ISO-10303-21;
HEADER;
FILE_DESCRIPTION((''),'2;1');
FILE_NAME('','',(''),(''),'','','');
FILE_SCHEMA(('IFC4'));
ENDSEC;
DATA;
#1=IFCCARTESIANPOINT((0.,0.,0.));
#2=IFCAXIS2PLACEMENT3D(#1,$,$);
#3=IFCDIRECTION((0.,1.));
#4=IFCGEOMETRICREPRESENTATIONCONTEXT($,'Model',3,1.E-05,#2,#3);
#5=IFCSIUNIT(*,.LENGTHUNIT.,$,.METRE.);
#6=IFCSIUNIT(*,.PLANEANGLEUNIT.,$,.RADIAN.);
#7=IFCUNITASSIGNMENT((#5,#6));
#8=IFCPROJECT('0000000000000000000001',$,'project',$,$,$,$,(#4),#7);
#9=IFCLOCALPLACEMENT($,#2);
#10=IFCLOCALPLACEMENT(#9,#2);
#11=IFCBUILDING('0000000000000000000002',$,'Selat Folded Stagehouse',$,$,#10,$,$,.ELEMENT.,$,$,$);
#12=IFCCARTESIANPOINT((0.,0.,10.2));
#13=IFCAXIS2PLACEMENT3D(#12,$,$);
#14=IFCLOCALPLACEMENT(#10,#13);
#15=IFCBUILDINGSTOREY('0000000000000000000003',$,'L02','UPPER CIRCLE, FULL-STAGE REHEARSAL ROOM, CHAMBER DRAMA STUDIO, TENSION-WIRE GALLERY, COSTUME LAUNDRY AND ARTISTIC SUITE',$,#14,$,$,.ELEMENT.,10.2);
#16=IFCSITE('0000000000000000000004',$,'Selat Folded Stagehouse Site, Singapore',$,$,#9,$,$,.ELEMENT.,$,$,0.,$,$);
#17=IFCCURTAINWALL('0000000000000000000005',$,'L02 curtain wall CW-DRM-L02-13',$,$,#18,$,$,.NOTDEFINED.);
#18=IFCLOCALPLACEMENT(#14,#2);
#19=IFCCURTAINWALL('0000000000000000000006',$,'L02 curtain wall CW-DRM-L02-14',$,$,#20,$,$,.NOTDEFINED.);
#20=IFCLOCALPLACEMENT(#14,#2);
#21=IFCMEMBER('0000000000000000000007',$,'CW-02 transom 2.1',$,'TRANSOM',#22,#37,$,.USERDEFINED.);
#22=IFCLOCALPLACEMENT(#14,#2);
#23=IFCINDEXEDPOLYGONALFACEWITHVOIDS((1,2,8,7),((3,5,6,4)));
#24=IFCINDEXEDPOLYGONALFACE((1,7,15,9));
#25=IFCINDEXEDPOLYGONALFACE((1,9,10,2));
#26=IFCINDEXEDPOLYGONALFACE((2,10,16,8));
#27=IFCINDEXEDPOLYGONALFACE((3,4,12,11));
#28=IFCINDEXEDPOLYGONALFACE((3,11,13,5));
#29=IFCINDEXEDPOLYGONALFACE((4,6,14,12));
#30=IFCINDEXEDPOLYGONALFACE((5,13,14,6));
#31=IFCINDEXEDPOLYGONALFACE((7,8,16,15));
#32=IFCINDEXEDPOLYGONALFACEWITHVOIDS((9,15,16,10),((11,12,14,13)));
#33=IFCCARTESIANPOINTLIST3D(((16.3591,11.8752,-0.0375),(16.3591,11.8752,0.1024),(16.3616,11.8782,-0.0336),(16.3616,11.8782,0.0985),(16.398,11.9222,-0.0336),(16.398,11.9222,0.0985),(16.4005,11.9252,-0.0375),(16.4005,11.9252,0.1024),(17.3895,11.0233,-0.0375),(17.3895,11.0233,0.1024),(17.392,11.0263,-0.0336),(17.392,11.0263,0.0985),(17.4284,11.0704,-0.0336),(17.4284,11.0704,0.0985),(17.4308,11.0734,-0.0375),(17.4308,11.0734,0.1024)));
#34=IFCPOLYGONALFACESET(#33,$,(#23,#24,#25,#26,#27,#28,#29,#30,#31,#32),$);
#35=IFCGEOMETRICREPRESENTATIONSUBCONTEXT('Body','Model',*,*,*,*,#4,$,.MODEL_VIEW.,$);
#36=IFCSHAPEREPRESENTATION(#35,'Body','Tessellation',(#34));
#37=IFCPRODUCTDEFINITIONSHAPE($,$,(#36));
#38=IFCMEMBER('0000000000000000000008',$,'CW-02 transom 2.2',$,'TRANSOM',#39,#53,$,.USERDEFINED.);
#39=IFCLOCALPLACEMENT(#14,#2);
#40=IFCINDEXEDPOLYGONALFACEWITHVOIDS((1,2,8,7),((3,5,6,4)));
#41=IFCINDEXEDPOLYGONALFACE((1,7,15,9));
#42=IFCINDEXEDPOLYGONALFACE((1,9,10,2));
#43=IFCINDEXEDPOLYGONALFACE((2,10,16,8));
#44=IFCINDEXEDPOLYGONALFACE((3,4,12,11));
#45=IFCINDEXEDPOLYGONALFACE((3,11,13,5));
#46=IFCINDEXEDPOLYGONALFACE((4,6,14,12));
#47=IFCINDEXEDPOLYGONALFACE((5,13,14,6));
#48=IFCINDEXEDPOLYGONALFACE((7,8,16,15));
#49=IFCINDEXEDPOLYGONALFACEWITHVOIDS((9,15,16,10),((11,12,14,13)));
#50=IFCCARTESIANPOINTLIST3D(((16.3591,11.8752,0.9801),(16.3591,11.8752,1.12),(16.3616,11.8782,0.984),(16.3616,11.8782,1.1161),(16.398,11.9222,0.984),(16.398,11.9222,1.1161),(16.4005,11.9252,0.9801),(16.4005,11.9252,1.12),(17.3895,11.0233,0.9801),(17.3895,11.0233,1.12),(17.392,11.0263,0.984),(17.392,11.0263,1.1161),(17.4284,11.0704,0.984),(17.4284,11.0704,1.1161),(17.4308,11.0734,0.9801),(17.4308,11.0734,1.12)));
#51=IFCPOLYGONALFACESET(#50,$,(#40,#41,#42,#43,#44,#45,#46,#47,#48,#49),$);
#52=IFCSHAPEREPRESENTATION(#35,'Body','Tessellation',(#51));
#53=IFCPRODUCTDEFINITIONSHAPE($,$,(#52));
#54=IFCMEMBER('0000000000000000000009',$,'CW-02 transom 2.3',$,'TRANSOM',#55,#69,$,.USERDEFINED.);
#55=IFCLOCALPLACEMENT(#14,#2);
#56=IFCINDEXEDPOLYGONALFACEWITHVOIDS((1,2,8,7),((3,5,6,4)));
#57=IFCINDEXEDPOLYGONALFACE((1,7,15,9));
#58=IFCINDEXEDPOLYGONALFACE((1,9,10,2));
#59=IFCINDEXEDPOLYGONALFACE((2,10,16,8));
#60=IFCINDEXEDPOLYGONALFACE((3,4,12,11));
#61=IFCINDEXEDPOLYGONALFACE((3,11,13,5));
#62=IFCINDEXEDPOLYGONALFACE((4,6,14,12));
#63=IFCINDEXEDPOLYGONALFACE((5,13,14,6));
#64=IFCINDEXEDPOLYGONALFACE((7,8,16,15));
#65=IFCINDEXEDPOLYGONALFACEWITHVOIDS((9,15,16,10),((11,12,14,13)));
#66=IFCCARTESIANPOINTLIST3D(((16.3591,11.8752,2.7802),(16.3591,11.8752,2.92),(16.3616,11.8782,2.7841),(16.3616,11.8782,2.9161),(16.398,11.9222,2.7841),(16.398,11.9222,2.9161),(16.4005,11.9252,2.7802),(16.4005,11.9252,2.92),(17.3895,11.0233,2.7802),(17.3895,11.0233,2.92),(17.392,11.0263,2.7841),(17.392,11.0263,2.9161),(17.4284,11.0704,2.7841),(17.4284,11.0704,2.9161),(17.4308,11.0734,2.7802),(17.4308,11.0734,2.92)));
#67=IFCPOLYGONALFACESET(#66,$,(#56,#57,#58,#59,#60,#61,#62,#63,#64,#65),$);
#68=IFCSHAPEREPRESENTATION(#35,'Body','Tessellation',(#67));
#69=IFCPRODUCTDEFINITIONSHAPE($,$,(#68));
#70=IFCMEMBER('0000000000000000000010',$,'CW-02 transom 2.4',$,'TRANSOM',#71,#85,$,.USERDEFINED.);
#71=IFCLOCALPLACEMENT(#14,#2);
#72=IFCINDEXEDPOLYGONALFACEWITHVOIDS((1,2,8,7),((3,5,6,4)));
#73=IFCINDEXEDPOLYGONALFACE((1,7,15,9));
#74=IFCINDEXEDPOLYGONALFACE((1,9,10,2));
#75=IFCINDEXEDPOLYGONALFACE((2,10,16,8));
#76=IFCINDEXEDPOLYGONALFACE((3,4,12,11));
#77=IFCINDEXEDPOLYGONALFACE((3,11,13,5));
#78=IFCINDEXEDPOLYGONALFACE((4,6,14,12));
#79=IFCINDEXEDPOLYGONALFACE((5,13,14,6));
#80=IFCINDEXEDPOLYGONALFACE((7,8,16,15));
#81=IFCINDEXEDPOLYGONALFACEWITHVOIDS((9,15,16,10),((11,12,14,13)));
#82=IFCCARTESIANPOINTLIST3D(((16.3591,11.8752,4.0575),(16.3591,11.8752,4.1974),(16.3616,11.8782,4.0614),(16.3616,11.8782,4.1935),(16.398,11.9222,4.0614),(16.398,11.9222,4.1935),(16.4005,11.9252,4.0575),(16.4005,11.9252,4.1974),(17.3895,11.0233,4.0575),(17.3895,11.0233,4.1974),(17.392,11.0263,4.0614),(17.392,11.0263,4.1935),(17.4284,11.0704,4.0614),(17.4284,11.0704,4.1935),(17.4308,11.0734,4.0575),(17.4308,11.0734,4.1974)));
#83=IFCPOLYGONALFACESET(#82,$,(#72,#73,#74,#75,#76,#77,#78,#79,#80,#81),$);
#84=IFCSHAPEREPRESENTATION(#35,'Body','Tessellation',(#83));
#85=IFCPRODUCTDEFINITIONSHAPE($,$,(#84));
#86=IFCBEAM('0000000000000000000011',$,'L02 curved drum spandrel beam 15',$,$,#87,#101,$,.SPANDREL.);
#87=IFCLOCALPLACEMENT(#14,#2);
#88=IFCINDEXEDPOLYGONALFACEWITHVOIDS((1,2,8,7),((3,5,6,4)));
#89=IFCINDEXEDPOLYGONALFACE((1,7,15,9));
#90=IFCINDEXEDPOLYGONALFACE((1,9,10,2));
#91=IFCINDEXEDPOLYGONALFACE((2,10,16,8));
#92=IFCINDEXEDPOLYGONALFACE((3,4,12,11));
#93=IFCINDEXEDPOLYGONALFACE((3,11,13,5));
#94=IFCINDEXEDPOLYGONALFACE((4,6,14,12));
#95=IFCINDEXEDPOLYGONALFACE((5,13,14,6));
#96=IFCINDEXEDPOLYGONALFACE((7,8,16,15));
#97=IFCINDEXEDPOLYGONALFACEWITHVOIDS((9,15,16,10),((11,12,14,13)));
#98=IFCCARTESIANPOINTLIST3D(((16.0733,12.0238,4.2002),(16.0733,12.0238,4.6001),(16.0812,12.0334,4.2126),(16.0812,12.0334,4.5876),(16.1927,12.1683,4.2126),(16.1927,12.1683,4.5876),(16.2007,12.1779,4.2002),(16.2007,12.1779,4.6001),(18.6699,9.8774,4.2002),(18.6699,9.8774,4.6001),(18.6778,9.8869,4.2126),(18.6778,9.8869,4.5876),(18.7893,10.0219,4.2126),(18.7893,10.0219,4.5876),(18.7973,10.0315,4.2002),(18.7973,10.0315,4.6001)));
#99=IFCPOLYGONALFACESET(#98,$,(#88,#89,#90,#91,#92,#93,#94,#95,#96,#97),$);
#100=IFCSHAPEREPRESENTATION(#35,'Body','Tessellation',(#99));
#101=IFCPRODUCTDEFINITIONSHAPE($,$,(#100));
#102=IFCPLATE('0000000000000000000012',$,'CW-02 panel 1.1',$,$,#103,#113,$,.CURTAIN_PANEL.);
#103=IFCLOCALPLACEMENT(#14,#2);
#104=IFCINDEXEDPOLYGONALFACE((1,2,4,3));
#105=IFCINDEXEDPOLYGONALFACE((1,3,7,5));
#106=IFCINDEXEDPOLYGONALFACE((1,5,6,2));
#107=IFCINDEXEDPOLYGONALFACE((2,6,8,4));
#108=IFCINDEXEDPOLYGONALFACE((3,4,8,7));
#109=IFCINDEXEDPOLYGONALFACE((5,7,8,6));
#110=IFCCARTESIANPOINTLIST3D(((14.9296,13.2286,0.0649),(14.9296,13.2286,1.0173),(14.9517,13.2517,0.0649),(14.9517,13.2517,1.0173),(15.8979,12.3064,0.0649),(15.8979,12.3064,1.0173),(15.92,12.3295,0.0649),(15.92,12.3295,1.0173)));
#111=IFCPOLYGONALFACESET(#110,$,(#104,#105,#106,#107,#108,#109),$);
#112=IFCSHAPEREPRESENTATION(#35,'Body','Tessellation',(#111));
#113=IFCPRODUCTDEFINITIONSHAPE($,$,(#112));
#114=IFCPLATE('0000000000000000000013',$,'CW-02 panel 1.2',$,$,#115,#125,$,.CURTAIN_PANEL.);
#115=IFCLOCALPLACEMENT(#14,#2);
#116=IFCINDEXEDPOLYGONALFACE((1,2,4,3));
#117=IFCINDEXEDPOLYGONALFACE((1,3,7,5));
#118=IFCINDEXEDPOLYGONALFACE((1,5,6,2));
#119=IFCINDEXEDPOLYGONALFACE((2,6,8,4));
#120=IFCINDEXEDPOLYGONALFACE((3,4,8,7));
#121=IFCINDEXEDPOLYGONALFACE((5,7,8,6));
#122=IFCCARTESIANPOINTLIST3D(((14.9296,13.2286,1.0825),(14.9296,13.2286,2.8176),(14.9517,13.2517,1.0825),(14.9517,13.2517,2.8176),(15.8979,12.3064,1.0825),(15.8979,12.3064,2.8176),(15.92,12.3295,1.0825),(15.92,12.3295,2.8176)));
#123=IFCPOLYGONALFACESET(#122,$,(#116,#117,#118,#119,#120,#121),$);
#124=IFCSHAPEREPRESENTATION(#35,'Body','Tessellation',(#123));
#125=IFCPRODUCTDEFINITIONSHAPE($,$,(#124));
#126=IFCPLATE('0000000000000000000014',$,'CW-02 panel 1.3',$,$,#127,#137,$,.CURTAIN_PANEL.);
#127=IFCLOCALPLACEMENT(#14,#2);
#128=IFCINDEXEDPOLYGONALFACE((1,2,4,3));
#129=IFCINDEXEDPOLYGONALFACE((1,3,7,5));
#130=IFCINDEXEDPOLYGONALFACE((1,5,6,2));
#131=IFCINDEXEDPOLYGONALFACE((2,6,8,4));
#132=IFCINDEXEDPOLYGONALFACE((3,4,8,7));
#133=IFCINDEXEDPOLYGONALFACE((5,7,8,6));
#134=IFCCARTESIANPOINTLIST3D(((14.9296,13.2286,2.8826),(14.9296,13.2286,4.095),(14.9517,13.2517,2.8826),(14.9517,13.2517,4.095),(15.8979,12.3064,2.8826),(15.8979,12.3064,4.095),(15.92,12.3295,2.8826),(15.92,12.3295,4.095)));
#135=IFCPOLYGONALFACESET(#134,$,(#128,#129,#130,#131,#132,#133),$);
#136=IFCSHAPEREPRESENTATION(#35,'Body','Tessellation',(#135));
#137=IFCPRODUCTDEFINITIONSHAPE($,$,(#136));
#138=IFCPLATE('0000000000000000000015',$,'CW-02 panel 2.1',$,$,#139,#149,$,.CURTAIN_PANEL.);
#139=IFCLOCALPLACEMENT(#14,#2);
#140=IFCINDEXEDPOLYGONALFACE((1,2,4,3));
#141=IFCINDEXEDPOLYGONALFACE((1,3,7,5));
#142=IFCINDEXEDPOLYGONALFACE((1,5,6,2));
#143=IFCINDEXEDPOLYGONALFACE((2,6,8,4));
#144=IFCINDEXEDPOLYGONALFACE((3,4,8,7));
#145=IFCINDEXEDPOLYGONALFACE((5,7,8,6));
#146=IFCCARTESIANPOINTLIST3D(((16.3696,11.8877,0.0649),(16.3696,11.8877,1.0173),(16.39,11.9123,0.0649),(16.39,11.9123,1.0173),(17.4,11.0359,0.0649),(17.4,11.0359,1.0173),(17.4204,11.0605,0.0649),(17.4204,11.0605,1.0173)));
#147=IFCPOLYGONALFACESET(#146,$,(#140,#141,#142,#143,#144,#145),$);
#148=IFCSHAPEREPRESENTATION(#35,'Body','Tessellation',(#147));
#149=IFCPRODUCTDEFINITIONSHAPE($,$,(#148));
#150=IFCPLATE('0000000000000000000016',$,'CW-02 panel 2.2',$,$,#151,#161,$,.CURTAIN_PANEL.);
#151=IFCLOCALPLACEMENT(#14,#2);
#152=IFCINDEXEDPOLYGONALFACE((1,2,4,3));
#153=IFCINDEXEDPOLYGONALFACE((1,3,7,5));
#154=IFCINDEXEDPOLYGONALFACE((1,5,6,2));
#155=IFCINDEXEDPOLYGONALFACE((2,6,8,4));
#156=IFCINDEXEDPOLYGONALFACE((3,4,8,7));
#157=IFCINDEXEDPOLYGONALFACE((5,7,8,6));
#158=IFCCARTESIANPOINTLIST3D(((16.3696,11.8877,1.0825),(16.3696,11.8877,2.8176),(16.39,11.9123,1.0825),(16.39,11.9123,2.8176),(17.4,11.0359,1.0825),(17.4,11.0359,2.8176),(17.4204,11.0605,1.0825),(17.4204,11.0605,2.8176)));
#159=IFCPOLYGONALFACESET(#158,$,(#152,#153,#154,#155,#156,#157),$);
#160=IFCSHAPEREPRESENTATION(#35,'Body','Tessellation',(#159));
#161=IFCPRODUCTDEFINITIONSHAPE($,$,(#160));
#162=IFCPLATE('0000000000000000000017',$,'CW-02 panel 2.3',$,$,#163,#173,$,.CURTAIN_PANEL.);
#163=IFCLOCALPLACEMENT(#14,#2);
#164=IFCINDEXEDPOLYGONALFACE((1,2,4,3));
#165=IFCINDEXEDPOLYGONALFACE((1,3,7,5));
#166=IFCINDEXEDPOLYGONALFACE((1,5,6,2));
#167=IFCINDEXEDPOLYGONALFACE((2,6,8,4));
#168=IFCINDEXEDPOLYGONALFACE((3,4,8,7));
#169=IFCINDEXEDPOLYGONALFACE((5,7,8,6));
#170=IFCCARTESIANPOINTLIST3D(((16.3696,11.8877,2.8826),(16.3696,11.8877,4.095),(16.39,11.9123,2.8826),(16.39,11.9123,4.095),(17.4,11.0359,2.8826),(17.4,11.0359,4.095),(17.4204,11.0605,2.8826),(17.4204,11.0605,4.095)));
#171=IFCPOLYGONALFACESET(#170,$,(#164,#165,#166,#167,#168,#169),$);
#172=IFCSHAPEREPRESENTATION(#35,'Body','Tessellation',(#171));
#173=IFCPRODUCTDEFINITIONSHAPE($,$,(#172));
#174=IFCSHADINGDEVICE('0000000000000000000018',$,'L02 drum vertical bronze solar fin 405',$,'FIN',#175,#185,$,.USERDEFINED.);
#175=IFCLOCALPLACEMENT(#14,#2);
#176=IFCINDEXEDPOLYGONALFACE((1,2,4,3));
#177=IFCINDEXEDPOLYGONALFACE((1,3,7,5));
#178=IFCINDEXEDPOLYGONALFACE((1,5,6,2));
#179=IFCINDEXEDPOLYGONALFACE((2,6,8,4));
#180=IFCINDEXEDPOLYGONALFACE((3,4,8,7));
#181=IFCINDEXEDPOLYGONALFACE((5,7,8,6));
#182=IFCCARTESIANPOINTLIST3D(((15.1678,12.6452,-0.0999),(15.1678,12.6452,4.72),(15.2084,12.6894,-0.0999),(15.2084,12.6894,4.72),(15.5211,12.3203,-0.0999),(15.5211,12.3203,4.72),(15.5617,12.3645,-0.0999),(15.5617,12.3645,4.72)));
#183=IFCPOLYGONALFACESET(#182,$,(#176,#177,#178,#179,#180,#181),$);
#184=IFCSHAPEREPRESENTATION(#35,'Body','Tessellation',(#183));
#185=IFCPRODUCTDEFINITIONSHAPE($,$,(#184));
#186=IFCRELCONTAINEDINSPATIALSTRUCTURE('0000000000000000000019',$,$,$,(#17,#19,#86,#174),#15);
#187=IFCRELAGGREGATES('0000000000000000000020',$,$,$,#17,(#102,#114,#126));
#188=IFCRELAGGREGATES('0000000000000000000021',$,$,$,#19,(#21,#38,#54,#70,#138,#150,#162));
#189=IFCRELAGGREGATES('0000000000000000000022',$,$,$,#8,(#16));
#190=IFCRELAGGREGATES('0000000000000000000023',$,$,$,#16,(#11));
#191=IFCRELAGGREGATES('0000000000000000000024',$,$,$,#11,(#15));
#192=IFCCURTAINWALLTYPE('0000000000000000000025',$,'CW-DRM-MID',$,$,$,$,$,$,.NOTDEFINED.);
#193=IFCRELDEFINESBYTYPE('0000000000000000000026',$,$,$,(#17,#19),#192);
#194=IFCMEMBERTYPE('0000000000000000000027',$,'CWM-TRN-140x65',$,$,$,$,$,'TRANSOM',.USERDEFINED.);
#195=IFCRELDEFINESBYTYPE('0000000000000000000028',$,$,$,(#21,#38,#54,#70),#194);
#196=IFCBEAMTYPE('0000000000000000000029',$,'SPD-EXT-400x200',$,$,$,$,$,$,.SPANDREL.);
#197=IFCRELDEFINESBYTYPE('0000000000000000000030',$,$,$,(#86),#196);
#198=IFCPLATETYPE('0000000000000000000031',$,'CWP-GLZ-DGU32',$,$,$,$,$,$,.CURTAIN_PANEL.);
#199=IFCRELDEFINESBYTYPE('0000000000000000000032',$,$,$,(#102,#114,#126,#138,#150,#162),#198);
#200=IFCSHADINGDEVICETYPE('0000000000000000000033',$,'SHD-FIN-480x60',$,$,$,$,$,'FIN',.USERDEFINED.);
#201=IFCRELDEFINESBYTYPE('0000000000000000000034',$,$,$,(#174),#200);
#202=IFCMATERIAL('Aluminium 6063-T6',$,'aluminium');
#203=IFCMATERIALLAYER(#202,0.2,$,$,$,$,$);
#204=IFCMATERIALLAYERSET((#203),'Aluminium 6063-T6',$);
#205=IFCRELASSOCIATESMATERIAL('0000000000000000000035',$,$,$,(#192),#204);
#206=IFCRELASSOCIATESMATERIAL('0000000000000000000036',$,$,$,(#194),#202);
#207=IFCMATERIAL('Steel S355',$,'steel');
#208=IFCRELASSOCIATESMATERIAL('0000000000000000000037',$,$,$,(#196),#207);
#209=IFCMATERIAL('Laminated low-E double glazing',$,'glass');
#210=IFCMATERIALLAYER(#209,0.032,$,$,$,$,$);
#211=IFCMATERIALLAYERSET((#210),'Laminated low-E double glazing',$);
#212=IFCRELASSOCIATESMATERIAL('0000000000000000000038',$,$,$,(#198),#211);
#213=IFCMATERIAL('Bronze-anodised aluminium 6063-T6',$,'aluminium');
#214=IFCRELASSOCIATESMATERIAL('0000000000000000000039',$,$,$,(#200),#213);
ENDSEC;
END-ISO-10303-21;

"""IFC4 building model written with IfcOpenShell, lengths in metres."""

from ifc_helpers import new_model, si_unit, direction, frame, origin, origin_2d, place, context, subcontext, project, spatial, rectangle, hollow_rectangle, extrude, material, layer, layer_set, material_profile, profile_set, type_object, element, aggregate, save


model = new_model("IFC4")

# Units and contexts
model_context = context("Model", 3, precision=1e-05, world=origin(), true_north=direction((0.0, 1.0)))
body_context = subcontext(model_context, "Body", "Model", "MODEL_VIEW")
ifc_project = project(units=[si_unit("LENGTHUNIT", "METRE"), si_unit("PLANEANGLEUNIT", "RADIAN")], contexts=[model_context])

# Site, building, storey
site_placement = place(None, origin())
site = spatial("IfcSite", under=ifc_project, at=site_placement, Name="Selat Folded Stagehouse Site, Singapore", CompositionType="ELEMENT", RefElevation=0.0)
building_placement = place(site_placement, origin())
building = spatial("IfcBuilding", under=site, at=building_placement, Name="Selat Folded Stagehouse", CompositionType="ELEMENT")
storey_placement = place(building_placement, frame((0.0, 0.0, 10.2)))
storey = spatial("IfcBuildingStorey", under=building, at=storey_placement, Name="L02", Description="UPPER CIRCLE, FULL-STAGE REHEARSAL ROOM, CHAMBER DRAMA STUDIO, TENSION-WIRE GALLERY, COSTUME LAUNDRY AND ARTISTIC SUITE", CompositionType="ELEMENT", Elevation=10.2)

# Shared definitions
ifc_material_1 = material(Name="Steel S355", Category="steel")

# Curtain wall
ifc_material_2 = material(Name="Aluminium 6063-T6", Category="aluminium")
ifc_layer_1 = layer(ifc_material_2, 0.2)
ifc_layer_set_1 = layer_set([ifc_layer_1], Name="Aluminium 6063-T6")
curtain_wall_type = type_object("IfcCurtainWallType", Name="CW-DRM-MID", PredefinedType="NOTDEFINED", material=ifc_layer_set_1)
curtain_wall_1_placement = place(storey_placement, origin())
curtain_wall_1 = element("IfcCurtainWall", 1, at=curtain_wall_1_placement, inside=storey, type_object=curtain_wall_type, Name="L02 curtain wall CW-DRM-L02-13", PredefinedType="NOTDEFINED")

# Curtain wall
curtain_wall_2_placement = place(storey_placement, origin())
curtain_wall_2 = element("IfcCurtainWall", 2, at=curtain_wall_2_placement, inside=storey, type_object=curtain_wall_type, Name="L02 curtain wall CW-DRM-L02-14", PredefinedType="NOTDEFINED")

# Members
ifc_material_profile_1 = material_profile(ifc_material_2, hollow_rectangle(XDim=0.0649, YDim=0.1399, WallThickness=0.0039, at=origin_2d()), Name="ALU 140x65x4.0")
ifc_profile_set_1 = profile_set([ifc_material_profile_1], Name="Aluminium 6063-T6")
member_type_1 = type_object("IfcMemberType", Name="CWM-TRN-140x65", ElementType="TRANSOM", PredefinedType="USERDEFINED", material=ifc_profile_set_1)
member_1_placement = place(storey_placement, frame((17.4102, 11.0483, 0.0325), z_axis=(-0.7707, 0.637198, 0.0), x_axis=(-0.637198, -0.7707, 0.0)))
member_1 = element("IfcMember", 3, at=member_1_placement, type_object=member_type_1, Name="CW-02 transom 2.1", ObjectType="TRANSOM", PredefinedType="USERDEFINED", context=body_context, shape_type="SweptSolid", body=[
    extrude(hollow_rectangle(XDim=0.0649, YDim=0.1399, WallThickness=0.0039, at=origin_2d()), origin(), (0.0, 0.0, 1.0), 1.3369),
])
member_2_placement = place(storey_placement, frame((17.4102, 11.0483, 1.05), z_axis=(-0.7707, 0.637198, 0.0), x_axis=(-0.637198, -0.7707, 0.0)))
member_2 = element("IfcMember", 4, at=member_2_placement, type_object=member_type_1, Name="CW-02 transom 2.2", ObjectType="TRANSOM", PredefinedType="USERDEFINED", context=body_context, shape_type="SweptSolid", body=[
    extrude(hollow_rectangle(XDim=0.0649, YDim=0.1399, WallThickness=0.0039, at=origin_2d()), origin(), (0.0, 0.0, 1.0), 1.3369),
])
member_3_placement = place(storey_placement, frame((17.4102, 11.0483, 2.8501), z_axis=(-0.7707, 0.637198, 0.0), x_axis=(-0.637198, -0.7707, 0.0)))
member_3 = element("IfcMember", 5, at=member_3_placement, type_object=member_type_1, Name="CW-02 transom 2.3", ObjectType="TRANSOM", PredefinedType="USERDEFINED", context=body_context, shape_type="SweptSolid", body=[
    extrude(hollow_rectangle(XDim=0.0649, YDim=0.1399, WallThickness=0.0039, at=origin_2d()), origin(), (0.0, 0.0, 1.0), 1.3369),
])
member_4_placement = place(storey_placement, frame((17.4102, 11.0483, 4.1274), z_axis=(-0.7707, 0.637198, 0.0), x_axis=(-0.637198, -0.7707, 0.0)))
member_4 = element("IfcMember", 6, at=member_4_placement, type_object=member_type_1, Name="CW-02 transom 2.4", ObjectType="TRANSOM", PredefinedType="USERDEFINED", context=body_context, shape_type="SweptSolid", body=[
    extrude(hollow_rectangle(XDim=0.0649, YDim=0.1399, WallThickness=0.0039, at=origin_2d()), origin(), (0.0, 0.0, 1.0), 1.3369),
])

# Beam
ifc_material_profile_2 = material_profile(ifc_material_1, hollow_rectangle(XDim=0.2, YDim=0.3999, WallThickness=0.0125, at=origin_2d()), Name="RHS 400x200x12.5")
ifc_profile_set_2 = profile_set([ifc_material_profile_2], Name="Steel S355")
beam_type = type_object("IfcBeamType", Name="SPD-EXT-400x200", PredefinedType="SPANDREL", material=ifc_profile_set_2)
beam_placement = place(storey_placement, frame((16.137, 12.1008, 4.4001), z_axis=(0.770758, -0.637129, 0.0), x_axis=(0.637129, 0.770758, 0.0)))
element("IfcBeam", 7, at=beam_placement, inside=storey, type_object=beam_type, Name="L02 curved drum spandrel beam 15", PredefinedType="SPANDREL", context=body_context, shape_type="SweptSolid", body=[
    extrude(hollow_rectangle(XDim=0.2, YDim=0.3999, WallThickness=0.0125, at=origin_2d()), origin(), (0.0, 0.0, 1.0), 3.3689),
])

# Plates
ifc_material_3 = material(Name="Laminated low-E double glazing", Category="glass")
ifc_layer_2 = layer(ifc_material_3, 0.032)
ifc_layer_set_2 = layer_set([ifc_layer_2], Name="Laminated low-E double glazing")
plate_type = type_object("IfcPlateType", Name="CWP-GLZ-DGU32", PredefinedType="CURTAIN_PANEL", material=ifc_layer_set_2)
plate_1_placement = place(storey_placement, frame((15.4248, 12.7791, 0.0649), z_axis=(0.0, 0.0, 1.0), x_axis=(-0.724132, 0.689661, 0.0)))
plate_1 = element("IfcPlate", 8, at=plate_1_placement, type_object=plate_type, Name="CW-02 panel 1.1", PredefinedType="CURTAIN_PANEL", context=body_context, shape_type="SweptSolid", body=[
    extrude(rectangle(XDim=1.3372, YDim=0.032, at=origin_2d()), origin(), (0.0, 0.0, 1.0), 0.9524),
])
plate_2_placement = place(storey_placement, frame((15.4248, 12.7791, 1.0825), z_axis=(0.0, 0.0, 1.0), x_axis=(-0.724132, 0.689661, 0.0)))
plate_2 = element("IfcPlate", 9, at=plate_2_placement, type_object=plate_type, Name="CW-02 panel 1.2", PredefinedType="CURTAIN_PANEL", context=body_context, shape_type="SweptSolid", body=[
    extrude(rectangle(XDim=1.3372, YDim=0.032, at=origin_2d()), origin(), (0.0, 0.0, 1.0), 1.7351),
])
plate_3_placement = place(storey_placement, frame((15.4248, 12.7791, 2.8826), z_axis=(0.0, 0.0, 1.0), x_axis=(-0.724132, 0.689661, 0.0)))
plate_3 = element("IfcPlate", 10, at=plate_3_placement, type_object=plate_type, Name="CW-02 panel 1.3", PredefinedType="CURTAIN_PANEL", context=body_context, shape_type="SweptSolid", body=[
    extrude(rectangle(XDim=1.3372, YDim=0.032, at=origin_2d()), origin(), (0.0, 0.0, 1.0), 1.2124),
])
aggregate(curtain_wall_1, [plate_1, plate_2, plate_3])
plate_4_placement = place(storey_placement, frame((16.895, 11.4741, 0.0649), z_axis=(0.0, 0.0, 1.0), x_axis=(-0.770747, 0.637142, 0.0)))
plate_4 = element("IfcPlate", 11, at=plate_4_placement, type_object=plate_type, Name="CW-02 panel 2.1", PredefinedType="CURTAIN_PANEL", context=body_context, shape_type="SweptSolid", body=[
    extrude(rectangle(XDim=1.3369, YDim=0.032, at=origin_2d()), origin(), (0.0, 0.0, 1.0), 0.9524),
])
plate_5_placement = place(storey_placement, frame((16.895, 11.4741, 1.0825), z_axis=(0.0, 0.0, 1.0), x_axis=(-0.770747, 0.637142, 0.0)))
plate_5 = element("IfcPlate", 12, at=plate_5_placement, type_object=plate_type, Name="CW-02 panel 2.2", PredefinedType="CURTAIN_PANEL", context=body_context, shape_type="SweptSolid", body=[
    extrude(rectangle(XDim=1.3369, YDim=0.032, at=origin_2d()), origin(), (0.0, 0.0, 1.0), 1.7351),
])
plate_6_placement = place(storey_placement, frame((16.895, 11.4741, 2.8826), z_axis=(0.0, 0.0, 1.0), x_axis=(-0.770747, 0.637142, 0.0)))
plate_6 = element("IfcPlate", 13, at=plate_6_placement, type_object=plate_type, Name="CW-02 panel 2.3", PredefinedType="CURTAIN_PANEL", context=body_context, shape_type="SweptSolid", body=[
    extrude(rectangle(XDim=1.3369, YDim=0.032, at=origin_2d()), origin(), (0.0, 0.0, 1.0), 1.2124),
])
aggregate(curtain_wall_2, [member_1, member_2, member_3, member_4, plate_4, plate_5, plate_6])

# Shading device
ifc_material_4 = material(Name="Bronze-anodised aluminium 6063-T6", Category="aluminium")
ifc_material_profile_3 = material_profile(ifc_material_4, rectangle(XDim=0.0601, YDim=0.48, at=origin_2d()), Name="SOLAR-FIN 480x60")
ifc_profile_set_3 = profile_set([ifc_material_profile_3], Name="Bronze-anodised aluminium 6063-T6")
shading_device_type = type_object("IfcShadingDeviceType", Name="SHD-FIN-480x60", ElementType="FIN", PredefinedType="USERDEFINED", material=ifc_profile_set_3)
shading_device_placement = place(storey_placement, frame((15.3647, 12.5049, -0.0999), z_axis=(0.0, 0.0, 1.0), x_axis=(-0.676876, -0.736097, 0.0)))
element("IfcShadingDevice", 14, at=shading_device_placement, inside=storey, type_object=shading_device_type, Name="L02 drum vertical bronze solar fin 405", ObjectType="FIN", PredefinedType="USERDEFINED", context=body_context, shape_type="SweptSolid", body=[
    extrude(rectangle(XDim=0.0601, YDim=0.48, at=origin_2d()), origin(), (0.0, 0.0, 1.0), 4.8198),
])

save(model, "model.ifc")
